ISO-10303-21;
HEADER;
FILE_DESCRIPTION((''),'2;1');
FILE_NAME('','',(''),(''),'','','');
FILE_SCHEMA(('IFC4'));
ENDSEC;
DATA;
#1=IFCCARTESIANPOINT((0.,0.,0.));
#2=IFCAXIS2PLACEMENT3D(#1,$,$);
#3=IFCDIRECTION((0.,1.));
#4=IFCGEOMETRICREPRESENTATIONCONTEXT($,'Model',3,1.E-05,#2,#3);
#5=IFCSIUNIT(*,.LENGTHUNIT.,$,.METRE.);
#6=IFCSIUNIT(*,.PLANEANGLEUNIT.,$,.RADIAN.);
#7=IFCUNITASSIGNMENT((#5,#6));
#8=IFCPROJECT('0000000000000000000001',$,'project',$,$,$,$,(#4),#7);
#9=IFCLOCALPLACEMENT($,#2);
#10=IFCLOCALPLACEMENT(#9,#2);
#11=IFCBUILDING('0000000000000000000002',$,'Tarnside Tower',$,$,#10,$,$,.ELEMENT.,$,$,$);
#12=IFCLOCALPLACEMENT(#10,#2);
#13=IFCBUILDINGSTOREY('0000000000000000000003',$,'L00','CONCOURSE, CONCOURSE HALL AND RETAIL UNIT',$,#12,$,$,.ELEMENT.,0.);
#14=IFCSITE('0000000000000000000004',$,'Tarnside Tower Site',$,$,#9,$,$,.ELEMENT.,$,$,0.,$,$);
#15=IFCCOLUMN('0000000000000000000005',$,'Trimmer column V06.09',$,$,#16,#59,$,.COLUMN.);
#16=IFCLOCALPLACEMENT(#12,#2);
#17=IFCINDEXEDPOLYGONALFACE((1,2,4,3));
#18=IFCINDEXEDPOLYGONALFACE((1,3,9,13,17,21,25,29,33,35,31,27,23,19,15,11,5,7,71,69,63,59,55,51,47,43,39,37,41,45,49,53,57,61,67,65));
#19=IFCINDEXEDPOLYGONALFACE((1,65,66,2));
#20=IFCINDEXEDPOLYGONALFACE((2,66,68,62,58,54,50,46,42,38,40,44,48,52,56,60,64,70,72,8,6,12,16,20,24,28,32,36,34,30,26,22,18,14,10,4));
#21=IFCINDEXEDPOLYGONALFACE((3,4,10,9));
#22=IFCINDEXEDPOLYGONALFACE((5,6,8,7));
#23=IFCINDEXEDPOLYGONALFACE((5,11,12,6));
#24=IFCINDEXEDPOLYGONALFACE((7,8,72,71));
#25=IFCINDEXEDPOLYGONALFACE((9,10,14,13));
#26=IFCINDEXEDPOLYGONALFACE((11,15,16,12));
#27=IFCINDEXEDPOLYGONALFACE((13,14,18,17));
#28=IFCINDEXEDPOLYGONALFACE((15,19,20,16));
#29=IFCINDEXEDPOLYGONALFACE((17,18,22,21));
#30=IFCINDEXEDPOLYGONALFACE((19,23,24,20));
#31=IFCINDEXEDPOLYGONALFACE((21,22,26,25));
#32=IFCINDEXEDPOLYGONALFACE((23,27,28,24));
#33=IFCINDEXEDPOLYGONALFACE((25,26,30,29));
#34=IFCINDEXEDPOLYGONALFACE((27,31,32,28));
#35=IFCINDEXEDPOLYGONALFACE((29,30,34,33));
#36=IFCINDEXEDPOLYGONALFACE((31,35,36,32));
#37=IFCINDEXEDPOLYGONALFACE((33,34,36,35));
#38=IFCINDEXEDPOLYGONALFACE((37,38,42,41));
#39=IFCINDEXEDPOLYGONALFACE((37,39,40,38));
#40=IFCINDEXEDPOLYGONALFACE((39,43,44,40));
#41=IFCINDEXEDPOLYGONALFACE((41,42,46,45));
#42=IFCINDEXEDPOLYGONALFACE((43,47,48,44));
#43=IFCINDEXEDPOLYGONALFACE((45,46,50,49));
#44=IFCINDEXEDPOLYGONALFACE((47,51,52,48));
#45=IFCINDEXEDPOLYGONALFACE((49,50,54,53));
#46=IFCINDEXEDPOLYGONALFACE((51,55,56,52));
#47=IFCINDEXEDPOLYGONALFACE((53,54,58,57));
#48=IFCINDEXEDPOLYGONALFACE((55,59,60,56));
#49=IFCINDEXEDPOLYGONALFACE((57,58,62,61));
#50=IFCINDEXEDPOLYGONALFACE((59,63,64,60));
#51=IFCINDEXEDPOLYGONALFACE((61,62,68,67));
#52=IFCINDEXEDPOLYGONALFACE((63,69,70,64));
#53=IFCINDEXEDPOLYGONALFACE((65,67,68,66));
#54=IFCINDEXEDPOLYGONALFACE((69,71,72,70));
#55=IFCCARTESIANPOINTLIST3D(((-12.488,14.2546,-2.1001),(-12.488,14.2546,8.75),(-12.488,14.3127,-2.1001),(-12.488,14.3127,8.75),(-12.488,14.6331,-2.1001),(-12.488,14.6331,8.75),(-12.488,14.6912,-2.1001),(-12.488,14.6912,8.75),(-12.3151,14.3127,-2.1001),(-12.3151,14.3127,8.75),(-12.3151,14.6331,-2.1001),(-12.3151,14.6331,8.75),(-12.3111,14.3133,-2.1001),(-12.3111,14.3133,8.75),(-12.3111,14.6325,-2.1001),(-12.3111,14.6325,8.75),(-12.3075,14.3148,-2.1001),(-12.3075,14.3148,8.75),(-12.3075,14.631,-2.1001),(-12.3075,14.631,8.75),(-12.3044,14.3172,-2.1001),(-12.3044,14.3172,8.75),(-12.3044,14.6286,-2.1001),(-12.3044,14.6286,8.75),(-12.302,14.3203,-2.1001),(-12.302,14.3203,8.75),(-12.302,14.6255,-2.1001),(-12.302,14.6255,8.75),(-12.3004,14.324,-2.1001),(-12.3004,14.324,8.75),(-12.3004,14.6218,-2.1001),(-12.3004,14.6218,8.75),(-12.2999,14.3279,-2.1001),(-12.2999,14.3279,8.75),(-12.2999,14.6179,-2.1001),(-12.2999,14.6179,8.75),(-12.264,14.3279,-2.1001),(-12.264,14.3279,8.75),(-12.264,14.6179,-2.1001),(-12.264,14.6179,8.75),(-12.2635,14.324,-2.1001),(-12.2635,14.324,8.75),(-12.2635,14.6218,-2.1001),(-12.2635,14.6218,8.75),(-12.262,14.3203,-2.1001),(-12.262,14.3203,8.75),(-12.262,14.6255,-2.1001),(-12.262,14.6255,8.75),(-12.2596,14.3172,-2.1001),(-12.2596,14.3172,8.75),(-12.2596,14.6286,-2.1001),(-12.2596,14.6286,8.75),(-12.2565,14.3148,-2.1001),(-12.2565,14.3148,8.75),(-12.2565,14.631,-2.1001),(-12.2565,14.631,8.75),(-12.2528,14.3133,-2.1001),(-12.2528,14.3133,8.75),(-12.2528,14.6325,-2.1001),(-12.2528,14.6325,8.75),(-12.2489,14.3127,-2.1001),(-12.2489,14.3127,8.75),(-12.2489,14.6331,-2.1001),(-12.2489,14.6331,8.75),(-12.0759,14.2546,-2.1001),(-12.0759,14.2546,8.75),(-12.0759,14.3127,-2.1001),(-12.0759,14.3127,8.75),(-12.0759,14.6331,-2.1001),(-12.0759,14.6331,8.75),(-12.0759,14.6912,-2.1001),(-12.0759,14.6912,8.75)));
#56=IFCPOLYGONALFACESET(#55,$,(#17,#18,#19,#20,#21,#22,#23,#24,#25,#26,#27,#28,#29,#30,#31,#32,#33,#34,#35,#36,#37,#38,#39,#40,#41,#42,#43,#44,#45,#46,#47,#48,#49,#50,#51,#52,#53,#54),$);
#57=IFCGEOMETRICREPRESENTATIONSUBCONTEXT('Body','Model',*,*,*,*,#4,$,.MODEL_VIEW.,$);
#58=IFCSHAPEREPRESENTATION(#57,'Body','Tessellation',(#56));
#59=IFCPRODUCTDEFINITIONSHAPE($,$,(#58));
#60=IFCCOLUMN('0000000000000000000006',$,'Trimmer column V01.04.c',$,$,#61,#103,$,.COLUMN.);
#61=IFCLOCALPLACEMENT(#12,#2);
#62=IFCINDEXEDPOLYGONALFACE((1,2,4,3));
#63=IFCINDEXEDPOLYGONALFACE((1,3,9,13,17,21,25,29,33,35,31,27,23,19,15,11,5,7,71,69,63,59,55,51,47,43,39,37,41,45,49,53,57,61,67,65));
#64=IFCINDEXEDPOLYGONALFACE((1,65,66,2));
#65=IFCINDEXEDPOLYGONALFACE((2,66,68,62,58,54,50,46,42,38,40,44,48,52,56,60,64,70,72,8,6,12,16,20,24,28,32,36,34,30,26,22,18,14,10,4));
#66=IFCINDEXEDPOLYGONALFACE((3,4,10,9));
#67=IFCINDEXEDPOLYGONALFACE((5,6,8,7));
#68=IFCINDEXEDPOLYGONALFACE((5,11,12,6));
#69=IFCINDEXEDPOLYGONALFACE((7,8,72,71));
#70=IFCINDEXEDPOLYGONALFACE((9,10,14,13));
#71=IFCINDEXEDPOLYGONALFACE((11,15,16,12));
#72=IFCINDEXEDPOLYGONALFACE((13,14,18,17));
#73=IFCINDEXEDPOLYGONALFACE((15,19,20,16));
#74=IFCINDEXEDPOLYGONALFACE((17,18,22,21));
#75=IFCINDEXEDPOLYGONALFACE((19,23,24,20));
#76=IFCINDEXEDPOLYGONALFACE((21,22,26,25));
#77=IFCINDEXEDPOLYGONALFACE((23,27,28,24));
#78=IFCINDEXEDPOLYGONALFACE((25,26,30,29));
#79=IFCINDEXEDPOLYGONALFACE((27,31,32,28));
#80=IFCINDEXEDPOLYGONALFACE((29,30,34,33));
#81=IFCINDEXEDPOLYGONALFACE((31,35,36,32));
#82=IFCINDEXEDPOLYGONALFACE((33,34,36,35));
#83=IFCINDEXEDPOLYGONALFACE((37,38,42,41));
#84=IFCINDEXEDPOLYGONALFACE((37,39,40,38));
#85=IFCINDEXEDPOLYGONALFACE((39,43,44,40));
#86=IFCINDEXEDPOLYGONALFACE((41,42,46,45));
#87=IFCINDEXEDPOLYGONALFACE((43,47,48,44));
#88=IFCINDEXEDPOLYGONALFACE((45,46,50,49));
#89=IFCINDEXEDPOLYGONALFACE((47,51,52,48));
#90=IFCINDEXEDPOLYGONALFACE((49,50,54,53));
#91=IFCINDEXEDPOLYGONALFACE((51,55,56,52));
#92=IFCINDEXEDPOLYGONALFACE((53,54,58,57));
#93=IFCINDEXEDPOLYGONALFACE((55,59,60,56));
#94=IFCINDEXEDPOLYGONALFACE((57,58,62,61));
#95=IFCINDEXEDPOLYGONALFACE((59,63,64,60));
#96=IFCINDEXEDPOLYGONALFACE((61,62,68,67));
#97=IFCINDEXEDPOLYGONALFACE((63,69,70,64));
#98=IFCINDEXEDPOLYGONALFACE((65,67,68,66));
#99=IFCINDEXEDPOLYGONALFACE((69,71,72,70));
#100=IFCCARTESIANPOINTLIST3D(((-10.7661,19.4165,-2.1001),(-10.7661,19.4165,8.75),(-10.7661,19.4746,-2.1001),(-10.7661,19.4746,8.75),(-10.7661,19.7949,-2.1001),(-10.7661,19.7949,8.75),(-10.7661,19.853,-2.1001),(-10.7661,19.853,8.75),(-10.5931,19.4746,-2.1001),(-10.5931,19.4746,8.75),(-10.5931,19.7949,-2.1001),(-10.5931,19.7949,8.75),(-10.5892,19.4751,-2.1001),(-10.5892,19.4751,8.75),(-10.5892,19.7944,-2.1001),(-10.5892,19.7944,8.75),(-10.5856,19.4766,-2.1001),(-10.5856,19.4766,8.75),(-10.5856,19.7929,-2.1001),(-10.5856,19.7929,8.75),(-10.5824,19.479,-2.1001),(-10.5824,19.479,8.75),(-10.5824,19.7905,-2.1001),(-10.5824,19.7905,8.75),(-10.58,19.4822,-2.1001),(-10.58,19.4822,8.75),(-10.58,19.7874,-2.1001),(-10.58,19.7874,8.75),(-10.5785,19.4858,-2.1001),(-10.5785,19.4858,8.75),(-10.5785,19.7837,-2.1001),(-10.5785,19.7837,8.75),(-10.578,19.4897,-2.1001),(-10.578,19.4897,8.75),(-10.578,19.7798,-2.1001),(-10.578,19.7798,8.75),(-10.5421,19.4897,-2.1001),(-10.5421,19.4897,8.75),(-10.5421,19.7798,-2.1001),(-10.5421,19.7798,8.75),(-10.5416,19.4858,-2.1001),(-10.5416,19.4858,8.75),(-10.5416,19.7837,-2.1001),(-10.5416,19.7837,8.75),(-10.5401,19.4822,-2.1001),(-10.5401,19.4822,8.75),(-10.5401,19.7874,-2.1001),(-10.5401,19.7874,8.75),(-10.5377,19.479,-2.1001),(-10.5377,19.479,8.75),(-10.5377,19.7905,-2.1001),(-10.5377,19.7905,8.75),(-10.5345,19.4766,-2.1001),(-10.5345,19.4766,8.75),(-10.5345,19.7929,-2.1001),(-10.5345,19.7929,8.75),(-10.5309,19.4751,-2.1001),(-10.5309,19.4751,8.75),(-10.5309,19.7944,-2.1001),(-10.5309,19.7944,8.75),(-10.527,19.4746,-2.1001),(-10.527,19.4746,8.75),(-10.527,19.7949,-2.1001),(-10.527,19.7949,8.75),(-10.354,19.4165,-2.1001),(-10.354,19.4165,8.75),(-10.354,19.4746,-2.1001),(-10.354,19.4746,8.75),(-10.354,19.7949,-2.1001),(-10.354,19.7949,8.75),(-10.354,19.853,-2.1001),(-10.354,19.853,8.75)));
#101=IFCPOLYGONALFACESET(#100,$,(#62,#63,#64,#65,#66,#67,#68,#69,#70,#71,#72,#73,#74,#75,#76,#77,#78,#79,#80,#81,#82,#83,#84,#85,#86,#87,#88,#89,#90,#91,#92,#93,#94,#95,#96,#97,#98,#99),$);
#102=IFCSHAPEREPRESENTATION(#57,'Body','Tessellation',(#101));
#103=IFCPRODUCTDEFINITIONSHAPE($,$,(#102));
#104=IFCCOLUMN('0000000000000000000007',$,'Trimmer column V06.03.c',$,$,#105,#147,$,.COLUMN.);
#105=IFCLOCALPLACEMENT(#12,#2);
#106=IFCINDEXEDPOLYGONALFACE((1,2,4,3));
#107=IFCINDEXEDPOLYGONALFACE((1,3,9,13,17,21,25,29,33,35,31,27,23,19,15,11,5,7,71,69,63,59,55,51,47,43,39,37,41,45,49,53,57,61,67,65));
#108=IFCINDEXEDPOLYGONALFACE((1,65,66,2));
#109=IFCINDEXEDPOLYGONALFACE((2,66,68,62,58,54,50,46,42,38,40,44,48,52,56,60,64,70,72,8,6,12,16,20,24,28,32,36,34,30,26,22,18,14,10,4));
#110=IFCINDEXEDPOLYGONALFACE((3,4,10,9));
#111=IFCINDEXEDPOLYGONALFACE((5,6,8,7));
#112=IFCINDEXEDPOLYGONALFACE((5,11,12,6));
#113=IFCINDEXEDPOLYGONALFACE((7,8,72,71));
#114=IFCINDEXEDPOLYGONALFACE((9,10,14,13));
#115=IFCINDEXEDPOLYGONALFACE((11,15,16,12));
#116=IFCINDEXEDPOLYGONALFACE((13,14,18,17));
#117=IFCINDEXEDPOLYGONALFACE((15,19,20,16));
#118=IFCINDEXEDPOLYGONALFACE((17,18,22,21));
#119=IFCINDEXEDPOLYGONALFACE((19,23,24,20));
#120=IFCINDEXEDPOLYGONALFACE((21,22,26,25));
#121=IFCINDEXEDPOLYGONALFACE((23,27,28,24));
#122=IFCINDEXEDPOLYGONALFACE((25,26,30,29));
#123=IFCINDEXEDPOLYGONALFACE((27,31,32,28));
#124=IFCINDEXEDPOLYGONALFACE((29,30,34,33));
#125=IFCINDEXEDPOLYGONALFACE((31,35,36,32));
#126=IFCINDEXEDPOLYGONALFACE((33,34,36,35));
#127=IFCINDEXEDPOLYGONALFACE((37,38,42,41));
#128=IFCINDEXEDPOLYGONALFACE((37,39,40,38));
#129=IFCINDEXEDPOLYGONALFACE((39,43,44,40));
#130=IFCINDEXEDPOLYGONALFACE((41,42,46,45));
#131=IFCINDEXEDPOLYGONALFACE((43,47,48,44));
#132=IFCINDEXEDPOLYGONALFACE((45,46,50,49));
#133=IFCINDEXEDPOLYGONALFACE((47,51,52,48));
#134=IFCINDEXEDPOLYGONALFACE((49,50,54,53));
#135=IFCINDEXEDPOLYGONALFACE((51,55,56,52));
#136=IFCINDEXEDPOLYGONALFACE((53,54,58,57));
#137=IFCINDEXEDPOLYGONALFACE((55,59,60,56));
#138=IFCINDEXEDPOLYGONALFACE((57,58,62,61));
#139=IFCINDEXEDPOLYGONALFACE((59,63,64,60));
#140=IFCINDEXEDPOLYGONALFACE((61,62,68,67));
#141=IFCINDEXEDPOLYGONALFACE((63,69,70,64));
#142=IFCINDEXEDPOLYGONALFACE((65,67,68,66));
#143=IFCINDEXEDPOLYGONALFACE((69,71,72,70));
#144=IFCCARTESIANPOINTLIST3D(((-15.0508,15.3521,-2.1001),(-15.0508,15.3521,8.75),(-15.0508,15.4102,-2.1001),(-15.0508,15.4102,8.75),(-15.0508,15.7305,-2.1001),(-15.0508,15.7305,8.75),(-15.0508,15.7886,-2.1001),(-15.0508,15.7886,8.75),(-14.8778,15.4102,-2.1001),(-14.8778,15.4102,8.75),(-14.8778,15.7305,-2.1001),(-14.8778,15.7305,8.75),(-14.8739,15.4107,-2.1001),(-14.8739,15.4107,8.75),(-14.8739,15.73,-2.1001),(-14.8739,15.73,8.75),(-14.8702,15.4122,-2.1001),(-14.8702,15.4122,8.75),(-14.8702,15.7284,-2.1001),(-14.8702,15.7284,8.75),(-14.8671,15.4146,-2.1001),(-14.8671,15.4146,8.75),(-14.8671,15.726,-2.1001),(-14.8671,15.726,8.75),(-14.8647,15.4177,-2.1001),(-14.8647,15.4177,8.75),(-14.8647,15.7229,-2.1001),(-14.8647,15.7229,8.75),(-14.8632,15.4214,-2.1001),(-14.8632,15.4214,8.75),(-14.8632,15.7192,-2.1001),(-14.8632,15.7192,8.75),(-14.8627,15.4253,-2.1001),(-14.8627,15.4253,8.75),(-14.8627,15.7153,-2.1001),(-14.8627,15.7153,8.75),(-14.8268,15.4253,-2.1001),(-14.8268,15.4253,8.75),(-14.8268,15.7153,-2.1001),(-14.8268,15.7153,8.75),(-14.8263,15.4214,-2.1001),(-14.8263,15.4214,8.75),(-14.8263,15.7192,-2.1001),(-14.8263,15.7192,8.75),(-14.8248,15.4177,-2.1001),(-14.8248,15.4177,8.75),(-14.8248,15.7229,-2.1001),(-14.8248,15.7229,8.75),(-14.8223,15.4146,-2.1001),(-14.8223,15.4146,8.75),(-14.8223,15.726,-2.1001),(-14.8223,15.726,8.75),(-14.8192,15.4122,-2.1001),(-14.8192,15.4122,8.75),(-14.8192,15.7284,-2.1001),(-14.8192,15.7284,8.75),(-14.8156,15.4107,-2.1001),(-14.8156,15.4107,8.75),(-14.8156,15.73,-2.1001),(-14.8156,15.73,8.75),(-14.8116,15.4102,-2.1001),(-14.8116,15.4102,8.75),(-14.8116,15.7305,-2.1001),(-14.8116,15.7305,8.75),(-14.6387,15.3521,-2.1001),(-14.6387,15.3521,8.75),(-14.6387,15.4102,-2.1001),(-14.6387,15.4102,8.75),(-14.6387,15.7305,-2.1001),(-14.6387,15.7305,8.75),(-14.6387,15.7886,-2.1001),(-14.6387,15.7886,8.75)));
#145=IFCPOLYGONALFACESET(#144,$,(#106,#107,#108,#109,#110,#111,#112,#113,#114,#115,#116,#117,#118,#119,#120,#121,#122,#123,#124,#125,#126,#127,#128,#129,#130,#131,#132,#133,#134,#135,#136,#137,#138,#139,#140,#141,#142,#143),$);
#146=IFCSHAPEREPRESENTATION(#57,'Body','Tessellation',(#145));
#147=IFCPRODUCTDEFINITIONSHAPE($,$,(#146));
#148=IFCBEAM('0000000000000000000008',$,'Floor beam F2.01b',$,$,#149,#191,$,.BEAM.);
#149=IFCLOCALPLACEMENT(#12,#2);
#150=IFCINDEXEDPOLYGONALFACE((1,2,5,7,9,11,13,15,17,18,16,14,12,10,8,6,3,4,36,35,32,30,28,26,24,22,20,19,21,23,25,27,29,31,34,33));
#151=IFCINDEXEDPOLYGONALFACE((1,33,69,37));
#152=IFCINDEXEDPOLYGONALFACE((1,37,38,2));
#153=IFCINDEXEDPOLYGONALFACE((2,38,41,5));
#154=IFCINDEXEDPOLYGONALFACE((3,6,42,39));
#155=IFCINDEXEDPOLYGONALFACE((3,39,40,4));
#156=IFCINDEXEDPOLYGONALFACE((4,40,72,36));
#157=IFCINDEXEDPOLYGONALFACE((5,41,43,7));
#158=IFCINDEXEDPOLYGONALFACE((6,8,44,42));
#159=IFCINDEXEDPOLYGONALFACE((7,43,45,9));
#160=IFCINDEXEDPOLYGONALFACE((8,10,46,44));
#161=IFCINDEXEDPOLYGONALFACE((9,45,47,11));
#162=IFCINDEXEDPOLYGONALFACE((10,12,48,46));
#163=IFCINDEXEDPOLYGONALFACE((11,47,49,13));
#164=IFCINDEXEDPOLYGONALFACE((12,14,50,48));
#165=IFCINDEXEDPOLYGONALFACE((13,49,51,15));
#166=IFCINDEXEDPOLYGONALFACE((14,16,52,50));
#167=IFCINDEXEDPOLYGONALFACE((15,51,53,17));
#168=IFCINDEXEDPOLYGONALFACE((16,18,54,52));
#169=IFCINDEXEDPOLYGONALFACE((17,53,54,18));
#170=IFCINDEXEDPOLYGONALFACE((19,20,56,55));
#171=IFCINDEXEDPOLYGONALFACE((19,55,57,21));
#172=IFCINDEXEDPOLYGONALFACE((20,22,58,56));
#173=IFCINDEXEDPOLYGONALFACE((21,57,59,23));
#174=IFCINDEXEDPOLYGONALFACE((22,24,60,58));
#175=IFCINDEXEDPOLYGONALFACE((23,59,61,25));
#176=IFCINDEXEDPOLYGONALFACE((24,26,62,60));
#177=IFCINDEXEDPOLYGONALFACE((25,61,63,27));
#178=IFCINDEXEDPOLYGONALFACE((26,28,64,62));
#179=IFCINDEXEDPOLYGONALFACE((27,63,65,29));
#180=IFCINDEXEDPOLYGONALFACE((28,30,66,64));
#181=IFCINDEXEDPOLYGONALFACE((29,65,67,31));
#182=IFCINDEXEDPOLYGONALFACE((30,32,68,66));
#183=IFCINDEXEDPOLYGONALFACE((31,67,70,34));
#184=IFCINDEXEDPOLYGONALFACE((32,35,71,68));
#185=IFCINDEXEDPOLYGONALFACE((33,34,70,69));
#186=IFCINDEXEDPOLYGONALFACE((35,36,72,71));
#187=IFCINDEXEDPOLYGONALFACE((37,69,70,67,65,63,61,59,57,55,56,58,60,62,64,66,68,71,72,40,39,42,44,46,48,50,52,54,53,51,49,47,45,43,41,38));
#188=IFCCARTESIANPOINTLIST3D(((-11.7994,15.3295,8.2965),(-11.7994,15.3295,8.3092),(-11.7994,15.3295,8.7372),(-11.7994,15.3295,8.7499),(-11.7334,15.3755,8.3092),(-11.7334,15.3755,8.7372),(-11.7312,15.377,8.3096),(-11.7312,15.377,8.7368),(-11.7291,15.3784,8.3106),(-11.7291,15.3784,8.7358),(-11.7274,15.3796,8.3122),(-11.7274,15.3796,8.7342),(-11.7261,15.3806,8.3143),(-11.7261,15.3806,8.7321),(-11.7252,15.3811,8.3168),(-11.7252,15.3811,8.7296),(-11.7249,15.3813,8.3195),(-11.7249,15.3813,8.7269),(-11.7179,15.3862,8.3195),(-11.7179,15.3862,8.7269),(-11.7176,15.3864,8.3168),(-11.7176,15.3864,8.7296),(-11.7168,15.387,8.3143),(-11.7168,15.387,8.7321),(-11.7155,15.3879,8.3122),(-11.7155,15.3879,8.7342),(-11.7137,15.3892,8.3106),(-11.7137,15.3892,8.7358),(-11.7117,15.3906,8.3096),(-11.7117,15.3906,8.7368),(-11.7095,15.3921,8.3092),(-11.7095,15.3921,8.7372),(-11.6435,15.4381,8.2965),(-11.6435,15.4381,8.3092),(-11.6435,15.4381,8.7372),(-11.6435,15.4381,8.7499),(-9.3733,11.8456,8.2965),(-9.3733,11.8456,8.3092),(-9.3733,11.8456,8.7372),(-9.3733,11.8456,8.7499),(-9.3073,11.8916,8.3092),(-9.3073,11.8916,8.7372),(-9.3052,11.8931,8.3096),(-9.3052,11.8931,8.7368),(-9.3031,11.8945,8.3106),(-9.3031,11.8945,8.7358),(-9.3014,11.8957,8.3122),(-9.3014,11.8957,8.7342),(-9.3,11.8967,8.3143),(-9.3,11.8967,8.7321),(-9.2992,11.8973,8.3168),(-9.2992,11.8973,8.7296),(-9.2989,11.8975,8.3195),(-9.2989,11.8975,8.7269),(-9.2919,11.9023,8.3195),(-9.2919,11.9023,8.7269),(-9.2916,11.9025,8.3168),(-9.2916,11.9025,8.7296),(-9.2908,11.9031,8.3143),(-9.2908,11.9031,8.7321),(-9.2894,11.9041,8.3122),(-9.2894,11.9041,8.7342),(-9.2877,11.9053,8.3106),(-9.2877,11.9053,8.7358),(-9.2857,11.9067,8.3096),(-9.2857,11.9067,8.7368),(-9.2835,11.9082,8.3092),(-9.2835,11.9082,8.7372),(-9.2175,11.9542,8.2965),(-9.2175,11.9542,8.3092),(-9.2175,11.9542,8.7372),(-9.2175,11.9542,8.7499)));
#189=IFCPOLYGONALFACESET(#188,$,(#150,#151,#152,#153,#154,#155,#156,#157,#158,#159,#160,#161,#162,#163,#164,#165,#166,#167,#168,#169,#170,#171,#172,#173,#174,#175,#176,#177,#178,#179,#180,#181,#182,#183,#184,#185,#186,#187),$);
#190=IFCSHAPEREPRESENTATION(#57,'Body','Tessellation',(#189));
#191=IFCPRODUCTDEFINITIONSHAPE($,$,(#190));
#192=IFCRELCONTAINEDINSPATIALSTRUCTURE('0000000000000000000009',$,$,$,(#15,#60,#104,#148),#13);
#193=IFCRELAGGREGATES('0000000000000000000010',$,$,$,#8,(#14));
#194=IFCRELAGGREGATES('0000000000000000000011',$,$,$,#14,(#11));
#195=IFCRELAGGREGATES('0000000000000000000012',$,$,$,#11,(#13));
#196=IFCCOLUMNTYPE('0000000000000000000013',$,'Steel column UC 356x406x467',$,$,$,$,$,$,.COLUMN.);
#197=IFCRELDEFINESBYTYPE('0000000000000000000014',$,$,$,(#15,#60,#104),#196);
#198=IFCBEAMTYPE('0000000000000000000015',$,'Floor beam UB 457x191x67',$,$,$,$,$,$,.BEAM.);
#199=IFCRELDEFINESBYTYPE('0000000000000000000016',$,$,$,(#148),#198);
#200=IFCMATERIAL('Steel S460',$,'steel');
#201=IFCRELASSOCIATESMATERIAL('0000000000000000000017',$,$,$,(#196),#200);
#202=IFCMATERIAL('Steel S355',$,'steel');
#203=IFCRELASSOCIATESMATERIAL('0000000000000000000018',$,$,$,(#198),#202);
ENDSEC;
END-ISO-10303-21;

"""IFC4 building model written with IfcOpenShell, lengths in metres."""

from ifc_helpers import new_model, si_unit, direction, frame, origin, origin_2d, place, context, subcontext, project, spatial, i_section, extrude, material, material_profile, profile_set, type_object, element, save


model = new_model("IFC4")

# Units and contexts
model_context = context("Model", 3, precision=1e-05, world=origin(), true_north=direction((0.0, 1.0)))
body_context = subcontext(model_context, "Body", "Model", "MODEL_VIEW")
ifc_project = project(units=[si_unit("LENGTHUNIT", "METRE"), si_unit("PLANEANGLEUNIT", "RADIAN")], contexts=[model_context])

# Site, building, storey
site_placement = place(None, origin())
site = spatial("IfcSite", under=ifc_project, at=site_placement, Name="Tarnside Tower Site", CompositionType="ELEMENT", RefElevation=0.0)
building_placement = place(site_placement, origin())
building = spatial("IfcBuilding", under=site, at=building_placement, Name="Tarnside Tower", CompositionType="ELEMENT")
storey_placement = place(building_placement, origin())
storey = spatial("IfcBuildingStorey", under=building, at=storey_placement, Name="L00", Description="CONCOURSE, CONCOURSE HALL AND RETAIL UNIT", CompositionType="ELEMENT", Elevation=0.0)

# Columns
ifc_material_1 = material(Name="Steel S460", Category="steel")
ifc_material_profile_1 = material_profile(ifc_material_1, i_section(OverallWidth=0.4121, OverallDepth=0.4365, WebThickness=0.0359, FlangeThickness=0.0581, FilletRadius=0.0151, at=origin_2d()), Name="UC 356x406x467")
ifc_profile_set_1 = profile_set([ifc_material_profile_1], Name="Steel S460")
column_type = type_object("IfcColumnType", Name="Steel column UC 356x406x467", PredefinedType="COLUMN", material=ifc_profile_set_1)
for number, where, z_axis, x_axis, name in (
    (1, (-12.282, 14.4729, -2.1001), (0.0, 0.0, 1.0), (1.0, 0.0, 0.0), "Trimmer column V06.09"),
    (2, (-10.5601, 19.6348, -2.1001), (0.0, 0.0, 1.0), (1.0, 0.0, 0.0), "Trimmer column V01.04.c"),
    (3, (-14.8447, 15.5703, -2.1001), (0.0, 0.0, 1.0), (1.0, 0.0, 0.0), "Trimmer column V06.03.c"),
):
    element("IfcColumn", number, at=place(storey_placement, frame(where, z_axis=z_axis, x_axis=x_axis)), inside=storey, type_object=column_type, Name=name, PredefinedType="COLUMN", context=body_context, shape_type="SweptSolid", body=[
        extrude(i_section(OverallWidth=0.4121, OverallDepth=0.4365, WebThickness=0.0359, FlangeThickness=0.0581, FilletRadius=0.0151, at=origin_2d()), origin(), (0.0, 0.0, 1.0), 10.8501),
    ])

# Beam
ifc_material_2 = material(Name="Steel S355", Category="steel")
ifc_material_profile_2 = material_profile(ifc_material_2, i_section(OverallWidth=0.1899, OverallDepth=0.4534, WebThickness=0.0085, FlangeThickness=0.0127, FilletRadius=0.0103, at=origin_2d()), Name="UB 457x191x67")
ifc_profile_set_2 = profile_set([ifc_material_profile_2], Name="Steel S355")
beam_type_1 = type_object("IfcBeamType", Name="Floor beam UB 457x191x67", PredefinedType="BEAM", material=ifc_profile_set_2)
beam_1_placement = place(storey_placement, frame((-11.7214, 15.3838, 8.5232), z_axis=(0.571454, -0.820634, 0.0), x_axis=(0.820634, 0.571454, 0.0)))
element("IfcBeam", 4, at=beam_1_placement, inside=storey, type_object=beam_type_1, Name="Floor beam F2.01b", PredefinedType="BEAM", context=body_context, shape_type="SweptSolid", body=[
    extrude(i_section(OverallWidth=0.1899, OverallDepth=0.4534, WebThickness=0.0085, FlangeThickness=0.0127, FilletRadius=0.0103, at=origin_2d()), origin(), (0.0, 0.0, 1.0), 4.2454),
])

save(model, "model.ifc")
